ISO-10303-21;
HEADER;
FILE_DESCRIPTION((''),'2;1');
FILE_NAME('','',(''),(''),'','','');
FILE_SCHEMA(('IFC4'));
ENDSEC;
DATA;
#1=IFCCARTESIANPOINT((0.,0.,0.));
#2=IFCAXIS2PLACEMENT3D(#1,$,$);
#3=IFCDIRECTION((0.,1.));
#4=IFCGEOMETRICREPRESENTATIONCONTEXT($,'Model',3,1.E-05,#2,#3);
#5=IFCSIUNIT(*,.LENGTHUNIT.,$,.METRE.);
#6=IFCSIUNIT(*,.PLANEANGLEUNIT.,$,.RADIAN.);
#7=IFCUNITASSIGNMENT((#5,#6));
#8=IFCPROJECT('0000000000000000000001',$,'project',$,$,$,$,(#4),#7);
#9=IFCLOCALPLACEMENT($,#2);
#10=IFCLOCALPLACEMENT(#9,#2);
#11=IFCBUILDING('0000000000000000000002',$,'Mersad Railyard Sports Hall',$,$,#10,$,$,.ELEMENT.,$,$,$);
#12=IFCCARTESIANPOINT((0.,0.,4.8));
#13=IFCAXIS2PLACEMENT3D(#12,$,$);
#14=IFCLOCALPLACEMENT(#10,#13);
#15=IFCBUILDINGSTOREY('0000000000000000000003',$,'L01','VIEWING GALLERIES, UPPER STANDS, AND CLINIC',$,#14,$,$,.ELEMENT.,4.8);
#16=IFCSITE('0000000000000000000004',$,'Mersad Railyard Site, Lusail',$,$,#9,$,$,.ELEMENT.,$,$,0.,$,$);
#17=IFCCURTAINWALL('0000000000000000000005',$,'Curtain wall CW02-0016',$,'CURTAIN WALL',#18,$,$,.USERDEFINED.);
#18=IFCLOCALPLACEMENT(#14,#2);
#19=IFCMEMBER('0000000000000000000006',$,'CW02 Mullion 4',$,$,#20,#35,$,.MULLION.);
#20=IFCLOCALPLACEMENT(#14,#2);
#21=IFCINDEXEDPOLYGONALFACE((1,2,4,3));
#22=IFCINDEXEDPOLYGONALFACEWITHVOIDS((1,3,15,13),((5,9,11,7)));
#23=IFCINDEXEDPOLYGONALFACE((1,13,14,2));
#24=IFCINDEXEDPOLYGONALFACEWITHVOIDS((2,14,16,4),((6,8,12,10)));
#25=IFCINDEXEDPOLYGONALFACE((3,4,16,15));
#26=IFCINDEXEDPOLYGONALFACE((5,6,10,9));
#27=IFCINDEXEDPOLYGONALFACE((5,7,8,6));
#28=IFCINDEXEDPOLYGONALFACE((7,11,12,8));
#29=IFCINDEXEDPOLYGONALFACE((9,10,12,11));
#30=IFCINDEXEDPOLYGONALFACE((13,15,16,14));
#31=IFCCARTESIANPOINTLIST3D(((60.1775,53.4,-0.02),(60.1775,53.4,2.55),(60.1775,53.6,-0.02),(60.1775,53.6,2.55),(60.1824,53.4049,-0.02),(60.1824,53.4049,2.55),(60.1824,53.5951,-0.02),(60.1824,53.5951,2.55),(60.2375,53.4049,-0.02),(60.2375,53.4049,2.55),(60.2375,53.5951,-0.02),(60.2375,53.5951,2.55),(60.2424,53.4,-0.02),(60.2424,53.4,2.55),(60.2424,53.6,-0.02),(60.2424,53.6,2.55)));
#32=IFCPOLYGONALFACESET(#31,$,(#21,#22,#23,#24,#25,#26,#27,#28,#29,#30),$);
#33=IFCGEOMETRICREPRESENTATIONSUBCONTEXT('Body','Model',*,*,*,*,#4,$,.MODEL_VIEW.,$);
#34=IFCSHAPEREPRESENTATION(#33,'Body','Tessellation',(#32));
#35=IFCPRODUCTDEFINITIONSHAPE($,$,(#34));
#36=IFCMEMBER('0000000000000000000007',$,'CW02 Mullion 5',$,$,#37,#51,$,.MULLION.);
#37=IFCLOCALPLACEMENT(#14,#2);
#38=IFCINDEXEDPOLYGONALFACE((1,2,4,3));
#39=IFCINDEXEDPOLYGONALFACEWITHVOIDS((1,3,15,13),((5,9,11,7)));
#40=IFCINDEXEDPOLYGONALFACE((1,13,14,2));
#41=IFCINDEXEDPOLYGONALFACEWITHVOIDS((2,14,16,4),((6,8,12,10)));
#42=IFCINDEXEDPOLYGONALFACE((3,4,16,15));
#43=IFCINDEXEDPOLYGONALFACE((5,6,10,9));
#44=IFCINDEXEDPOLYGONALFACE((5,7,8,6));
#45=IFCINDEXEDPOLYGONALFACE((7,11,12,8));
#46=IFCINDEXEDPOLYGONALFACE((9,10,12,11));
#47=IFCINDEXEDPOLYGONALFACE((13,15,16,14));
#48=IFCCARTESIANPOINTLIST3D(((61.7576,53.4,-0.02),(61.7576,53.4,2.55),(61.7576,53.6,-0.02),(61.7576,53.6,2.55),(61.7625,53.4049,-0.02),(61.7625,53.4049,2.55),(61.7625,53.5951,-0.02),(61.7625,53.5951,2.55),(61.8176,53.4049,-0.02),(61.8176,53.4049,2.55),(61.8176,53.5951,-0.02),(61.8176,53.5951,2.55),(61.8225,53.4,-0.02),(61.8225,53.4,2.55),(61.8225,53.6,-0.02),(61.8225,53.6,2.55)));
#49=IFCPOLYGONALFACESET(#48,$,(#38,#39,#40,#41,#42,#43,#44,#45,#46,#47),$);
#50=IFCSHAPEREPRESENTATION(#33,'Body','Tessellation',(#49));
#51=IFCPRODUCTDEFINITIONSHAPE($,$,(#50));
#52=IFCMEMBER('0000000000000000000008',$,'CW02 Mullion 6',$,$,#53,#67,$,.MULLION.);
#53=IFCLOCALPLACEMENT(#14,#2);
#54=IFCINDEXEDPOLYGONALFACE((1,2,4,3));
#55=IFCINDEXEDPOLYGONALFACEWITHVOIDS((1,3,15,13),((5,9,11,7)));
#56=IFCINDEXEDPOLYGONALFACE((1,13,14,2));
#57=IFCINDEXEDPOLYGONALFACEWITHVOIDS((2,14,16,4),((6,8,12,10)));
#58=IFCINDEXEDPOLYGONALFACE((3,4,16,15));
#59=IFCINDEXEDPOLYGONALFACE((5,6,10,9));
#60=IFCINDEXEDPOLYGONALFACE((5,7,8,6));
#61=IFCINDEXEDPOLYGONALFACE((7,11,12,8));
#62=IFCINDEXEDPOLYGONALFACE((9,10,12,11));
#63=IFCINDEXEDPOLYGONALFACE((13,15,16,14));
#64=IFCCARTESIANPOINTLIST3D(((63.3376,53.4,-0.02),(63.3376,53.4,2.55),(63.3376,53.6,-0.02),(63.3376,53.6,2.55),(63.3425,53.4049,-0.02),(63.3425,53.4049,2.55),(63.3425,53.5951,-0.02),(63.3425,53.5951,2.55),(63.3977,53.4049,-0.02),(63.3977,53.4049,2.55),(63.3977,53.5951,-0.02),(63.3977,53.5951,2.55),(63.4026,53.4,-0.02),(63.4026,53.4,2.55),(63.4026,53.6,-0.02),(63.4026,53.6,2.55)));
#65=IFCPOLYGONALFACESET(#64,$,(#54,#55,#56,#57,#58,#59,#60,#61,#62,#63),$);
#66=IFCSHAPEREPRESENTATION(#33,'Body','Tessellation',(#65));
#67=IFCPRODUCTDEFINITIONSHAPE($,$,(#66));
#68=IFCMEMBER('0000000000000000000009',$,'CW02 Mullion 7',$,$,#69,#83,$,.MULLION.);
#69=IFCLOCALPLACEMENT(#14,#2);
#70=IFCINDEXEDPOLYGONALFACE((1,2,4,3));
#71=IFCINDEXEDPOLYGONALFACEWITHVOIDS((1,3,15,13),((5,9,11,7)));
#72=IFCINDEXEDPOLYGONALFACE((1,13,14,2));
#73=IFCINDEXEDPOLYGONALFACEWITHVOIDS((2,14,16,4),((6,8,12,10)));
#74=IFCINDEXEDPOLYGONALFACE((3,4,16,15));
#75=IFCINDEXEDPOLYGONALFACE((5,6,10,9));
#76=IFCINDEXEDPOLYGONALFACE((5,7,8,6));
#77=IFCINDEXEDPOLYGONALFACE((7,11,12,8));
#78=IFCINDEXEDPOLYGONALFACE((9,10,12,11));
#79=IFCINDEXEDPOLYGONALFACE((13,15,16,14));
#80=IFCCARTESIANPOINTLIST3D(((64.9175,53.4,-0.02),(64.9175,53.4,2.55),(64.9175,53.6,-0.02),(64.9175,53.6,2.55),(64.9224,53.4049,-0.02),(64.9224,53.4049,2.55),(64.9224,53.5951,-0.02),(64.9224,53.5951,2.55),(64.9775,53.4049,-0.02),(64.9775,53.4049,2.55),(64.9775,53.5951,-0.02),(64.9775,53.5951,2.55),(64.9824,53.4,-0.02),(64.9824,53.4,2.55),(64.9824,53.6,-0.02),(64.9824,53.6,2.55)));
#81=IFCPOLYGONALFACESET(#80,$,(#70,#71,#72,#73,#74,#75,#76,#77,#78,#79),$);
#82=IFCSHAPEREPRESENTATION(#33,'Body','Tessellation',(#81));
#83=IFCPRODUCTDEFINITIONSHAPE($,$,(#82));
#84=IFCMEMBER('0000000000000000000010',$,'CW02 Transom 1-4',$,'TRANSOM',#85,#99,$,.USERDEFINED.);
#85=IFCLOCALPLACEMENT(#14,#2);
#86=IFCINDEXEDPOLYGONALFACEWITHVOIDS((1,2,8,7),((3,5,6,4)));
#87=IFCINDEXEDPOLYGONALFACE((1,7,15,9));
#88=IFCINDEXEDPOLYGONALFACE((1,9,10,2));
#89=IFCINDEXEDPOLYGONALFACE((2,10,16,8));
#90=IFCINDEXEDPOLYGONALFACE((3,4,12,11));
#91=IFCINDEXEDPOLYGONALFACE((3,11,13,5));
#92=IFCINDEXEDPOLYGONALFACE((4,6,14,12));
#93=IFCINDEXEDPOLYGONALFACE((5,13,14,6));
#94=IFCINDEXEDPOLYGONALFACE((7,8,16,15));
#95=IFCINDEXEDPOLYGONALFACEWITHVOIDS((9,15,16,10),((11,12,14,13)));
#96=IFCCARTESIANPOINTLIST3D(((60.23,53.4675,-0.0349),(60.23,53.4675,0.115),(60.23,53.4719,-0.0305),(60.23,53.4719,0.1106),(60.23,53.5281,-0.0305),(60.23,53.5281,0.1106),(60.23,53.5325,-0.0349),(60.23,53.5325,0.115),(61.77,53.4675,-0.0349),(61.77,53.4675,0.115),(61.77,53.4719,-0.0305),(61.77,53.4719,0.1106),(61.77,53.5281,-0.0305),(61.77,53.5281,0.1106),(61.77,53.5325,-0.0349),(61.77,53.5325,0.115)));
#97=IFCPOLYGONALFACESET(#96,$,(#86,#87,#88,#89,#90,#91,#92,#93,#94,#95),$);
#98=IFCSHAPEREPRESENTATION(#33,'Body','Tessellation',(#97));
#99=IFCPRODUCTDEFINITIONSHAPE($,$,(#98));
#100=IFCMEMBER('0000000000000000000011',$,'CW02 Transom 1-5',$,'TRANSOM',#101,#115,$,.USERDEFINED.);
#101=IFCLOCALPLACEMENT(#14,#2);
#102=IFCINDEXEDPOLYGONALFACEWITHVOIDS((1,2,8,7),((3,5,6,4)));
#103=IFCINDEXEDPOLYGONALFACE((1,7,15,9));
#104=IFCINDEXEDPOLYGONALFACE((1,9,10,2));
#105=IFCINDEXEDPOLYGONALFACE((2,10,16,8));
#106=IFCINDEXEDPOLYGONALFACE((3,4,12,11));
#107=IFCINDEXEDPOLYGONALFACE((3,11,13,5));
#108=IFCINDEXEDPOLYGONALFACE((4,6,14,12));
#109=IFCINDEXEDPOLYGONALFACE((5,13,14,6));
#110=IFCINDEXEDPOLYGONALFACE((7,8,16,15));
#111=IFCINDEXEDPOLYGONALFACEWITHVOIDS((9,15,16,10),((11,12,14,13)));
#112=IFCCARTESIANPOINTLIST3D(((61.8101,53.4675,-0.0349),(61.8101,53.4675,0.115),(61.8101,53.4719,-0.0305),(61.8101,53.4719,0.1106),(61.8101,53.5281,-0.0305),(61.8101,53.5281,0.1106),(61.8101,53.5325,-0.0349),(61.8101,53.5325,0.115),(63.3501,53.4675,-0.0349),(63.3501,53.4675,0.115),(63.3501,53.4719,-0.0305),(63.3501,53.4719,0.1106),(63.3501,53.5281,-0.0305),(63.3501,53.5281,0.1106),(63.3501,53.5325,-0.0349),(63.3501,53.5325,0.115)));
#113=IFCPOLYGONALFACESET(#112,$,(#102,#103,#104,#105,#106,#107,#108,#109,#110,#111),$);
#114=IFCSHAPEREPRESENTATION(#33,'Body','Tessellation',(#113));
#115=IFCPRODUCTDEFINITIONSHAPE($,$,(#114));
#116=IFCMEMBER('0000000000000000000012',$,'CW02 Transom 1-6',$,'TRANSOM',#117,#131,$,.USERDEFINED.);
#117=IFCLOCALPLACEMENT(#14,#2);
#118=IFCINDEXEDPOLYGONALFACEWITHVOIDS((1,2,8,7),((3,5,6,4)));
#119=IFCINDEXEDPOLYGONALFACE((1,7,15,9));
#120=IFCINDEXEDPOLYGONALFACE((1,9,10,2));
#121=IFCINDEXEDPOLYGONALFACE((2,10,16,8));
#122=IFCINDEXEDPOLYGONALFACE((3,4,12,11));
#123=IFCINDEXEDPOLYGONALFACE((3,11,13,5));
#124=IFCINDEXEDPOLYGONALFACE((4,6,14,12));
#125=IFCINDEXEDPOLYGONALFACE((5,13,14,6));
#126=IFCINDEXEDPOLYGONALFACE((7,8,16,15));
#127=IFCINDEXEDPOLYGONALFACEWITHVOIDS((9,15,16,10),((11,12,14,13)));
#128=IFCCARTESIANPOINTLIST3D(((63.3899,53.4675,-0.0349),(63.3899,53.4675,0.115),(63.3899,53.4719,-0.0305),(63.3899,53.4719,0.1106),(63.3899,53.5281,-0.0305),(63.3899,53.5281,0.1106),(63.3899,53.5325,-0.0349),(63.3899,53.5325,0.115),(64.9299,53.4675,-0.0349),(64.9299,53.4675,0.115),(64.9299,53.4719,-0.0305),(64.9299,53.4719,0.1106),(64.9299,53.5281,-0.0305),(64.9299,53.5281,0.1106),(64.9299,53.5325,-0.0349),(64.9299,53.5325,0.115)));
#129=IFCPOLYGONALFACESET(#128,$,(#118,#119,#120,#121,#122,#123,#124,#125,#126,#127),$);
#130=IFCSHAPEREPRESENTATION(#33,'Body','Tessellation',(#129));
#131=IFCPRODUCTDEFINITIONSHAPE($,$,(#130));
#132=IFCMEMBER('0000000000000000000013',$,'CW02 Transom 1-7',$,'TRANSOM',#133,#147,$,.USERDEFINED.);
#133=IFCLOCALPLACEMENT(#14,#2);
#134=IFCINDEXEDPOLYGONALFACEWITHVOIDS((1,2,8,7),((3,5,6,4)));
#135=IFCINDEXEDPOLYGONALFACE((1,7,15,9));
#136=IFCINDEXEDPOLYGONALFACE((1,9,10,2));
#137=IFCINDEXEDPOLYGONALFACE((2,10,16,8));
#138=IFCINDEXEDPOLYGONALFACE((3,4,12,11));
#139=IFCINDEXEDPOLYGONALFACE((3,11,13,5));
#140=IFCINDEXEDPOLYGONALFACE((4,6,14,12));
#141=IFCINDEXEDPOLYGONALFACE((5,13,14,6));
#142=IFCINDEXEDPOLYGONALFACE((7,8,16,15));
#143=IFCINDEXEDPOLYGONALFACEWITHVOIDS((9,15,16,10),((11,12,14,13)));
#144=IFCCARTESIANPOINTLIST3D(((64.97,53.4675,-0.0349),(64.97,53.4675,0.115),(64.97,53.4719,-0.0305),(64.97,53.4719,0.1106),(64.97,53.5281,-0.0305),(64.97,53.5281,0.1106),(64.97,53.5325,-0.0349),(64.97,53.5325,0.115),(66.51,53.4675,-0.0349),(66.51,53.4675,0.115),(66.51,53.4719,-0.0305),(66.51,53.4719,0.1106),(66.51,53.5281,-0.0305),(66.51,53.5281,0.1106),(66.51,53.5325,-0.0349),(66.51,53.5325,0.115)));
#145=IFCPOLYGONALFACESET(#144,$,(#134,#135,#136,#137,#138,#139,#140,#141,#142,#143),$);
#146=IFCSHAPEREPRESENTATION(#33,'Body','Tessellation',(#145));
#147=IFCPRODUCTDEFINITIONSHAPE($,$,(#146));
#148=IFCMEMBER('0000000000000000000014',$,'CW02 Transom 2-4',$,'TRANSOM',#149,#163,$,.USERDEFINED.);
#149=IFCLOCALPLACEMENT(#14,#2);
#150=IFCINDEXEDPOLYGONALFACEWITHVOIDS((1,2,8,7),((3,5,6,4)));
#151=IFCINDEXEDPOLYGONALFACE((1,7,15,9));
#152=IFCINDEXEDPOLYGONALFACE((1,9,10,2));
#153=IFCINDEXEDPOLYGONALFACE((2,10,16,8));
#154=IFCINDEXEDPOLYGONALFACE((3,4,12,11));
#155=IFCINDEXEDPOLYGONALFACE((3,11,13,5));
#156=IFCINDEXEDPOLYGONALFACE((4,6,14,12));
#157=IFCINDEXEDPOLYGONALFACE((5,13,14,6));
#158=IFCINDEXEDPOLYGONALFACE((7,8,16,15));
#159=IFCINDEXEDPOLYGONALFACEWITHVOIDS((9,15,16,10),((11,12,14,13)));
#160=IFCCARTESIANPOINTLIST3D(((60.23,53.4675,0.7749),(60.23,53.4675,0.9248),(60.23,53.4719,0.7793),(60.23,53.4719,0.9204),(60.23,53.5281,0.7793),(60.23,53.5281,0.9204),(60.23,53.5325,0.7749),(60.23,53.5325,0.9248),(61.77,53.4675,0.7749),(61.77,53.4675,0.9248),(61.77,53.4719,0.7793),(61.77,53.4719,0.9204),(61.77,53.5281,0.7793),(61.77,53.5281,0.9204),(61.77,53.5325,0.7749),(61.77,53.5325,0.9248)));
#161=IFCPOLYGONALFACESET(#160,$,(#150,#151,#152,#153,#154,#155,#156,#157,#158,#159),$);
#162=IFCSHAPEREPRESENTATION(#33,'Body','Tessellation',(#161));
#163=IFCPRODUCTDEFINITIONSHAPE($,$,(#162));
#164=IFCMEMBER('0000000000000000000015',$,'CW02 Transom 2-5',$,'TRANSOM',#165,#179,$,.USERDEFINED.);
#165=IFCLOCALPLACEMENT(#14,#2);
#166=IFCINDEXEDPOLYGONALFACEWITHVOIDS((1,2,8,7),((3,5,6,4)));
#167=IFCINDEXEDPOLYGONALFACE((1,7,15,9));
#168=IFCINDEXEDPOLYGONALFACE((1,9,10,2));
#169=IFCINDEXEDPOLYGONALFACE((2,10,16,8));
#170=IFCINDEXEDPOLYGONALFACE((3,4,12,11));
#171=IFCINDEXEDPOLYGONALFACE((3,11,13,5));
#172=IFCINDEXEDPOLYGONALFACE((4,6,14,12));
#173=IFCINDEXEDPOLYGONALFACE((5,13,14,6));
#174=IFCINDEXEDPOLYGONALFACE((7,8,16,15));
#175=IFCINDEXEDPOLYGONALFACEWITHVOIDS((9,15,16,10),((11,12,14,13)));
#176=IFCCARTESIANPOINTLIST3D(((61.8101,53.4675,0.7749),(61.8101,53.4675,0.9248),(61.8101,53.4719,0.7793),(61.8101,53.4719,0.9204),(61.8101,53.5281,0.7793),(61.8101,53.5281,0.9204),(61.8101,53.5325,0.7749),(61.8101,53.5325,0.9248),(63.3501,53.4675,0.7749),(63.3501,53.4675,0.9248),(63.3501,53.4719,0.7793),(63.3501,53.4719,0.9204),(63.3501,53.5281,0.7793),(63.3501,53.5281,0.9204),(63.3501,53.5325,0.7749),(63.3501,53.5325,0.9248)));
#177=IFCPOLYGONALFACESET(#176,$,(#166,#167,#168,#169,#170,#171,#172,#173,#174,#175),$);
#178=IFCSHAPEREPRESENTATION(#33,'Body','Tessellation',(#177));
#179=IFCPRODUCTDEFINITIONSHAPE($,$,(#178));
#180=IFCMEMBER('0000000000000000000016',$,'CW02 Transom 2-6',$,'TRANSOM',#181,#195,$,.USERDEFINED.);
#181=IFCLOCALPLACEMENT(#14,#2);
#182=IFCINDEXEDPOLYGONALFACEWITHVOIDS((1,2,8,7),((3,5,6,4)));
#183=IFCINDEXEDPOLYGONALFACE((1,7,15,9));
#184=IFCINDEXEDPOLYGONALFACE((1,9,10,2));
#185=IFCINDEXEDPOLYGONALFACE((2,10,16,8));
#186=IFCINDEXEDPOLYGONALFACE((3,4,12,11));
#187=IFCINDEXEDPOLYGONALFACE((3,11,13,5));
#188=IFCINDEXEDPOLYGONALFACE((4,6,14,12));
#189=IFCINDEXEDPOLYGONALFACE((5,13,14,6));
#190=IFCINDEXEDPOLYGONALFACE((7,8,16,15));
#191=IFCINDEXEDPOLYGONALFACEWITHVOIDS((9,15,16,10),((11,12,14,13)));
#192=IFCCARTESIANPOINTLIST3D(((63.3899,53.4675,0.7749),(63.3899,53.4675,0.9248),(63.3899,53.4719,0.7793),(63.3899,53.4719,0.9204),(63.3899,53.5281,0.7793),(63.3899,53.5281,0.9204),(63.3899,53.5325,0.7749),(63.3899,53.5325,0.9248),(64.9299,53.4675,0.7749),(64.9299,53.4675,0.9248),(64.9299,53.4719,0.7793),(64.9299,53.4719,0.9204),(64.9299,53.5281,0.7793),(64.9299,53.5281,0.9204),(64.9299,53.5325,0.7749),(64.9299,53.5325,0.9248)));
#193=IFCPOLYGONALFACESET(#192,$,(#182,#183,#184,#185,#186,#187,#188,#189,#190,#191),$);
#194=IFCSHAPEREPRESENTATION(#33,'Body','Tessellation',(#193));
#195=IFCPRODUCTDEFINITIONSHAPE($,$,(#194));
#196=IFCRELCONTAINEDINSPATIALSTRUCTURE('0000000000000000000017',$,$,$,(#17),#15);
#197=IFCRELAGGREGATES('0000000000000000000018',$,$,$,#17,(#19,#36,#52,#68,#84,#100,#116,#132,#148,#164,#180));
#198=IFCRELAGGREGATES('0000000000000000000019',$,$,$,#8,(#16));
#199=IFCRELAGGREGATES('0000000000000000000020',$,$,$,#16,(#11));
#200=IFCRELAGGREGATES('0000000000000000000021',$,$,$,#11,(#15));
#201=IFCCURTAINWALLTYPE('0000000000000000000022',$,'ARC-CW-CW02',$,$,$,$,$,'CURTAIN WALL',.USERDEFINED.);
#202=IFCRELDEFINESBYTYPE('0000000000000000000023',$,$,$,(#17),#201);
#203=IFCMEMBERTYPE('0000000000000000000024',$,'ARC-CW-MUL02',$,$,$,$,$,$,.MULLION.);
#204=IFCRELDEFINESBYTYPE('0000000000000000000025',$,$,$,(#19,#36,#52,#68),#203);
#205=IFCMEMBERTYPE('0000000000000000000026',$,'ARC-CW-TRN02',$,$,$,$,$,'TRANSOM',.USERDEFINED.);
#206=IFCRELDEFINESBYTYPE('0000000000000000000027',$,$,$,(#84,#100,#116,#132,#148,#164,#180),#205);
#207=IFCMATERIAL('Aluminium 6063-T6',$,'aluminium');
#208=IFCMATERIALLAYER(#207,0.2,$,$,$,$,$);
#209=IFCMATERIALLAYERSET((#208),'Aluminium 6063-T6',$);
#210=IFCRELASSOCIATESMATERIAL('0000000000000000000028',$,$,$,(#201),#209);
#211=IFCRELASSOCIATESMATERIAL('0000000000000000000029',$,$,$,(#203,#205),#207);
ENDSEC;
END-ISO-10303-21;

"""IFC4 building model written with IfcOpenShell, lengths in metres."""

from ifc_helpers import new_model, si_unit, direction, frame, origin, origin_2d, place, context, subcontext, project, spatial, hollow_rectangle, extrude, material, layer, layer_set, material_profile, profile_set, type_object, element, aggregate, save


model = new_model("IFC4")

# Units and contexts
model_context = context("Model", 3, precision=1e-05, world=origin(), true_north=direction((0.0, 1.0)))
body_context = subcontext(model_context, "Body", "Model", "MODEL_VIEW")
ifc_project = project(units=[si_unit("LENGTHUNIT", "METRE"), si_unit("PLANEANGLEUNIT", "RADIAN")], contexts=[model_context])

# Site, building, storey
site_placement = place(None, origin())
site = spatial("IfcSite", under=ifc_project, at=site_placement, Name="Mersad Railyard Site, Lusail", CompositionType="ELEMENT", RefElevation=0.0)
building_placement = place(site_placement, origin())
building = spatial("IfcBuilding", under=site, at=building_placement, Name="Mersad Railyard Sports Hall", CompositionType="ELEMENT")
storey_placement = place(building_placement, frame((0.0, 0.0, 4.8)))
storey = spatial("IfcBuildingStorey", under=building, at=storey_placement, Name="L01", Description="VIEWING GALLERIES, UPPER STANDS, AND CLINIC", CompositionType="ELEMENT", Elevation=4.8)

# Curtain wall, members
ifc_material_1 = material(Name="Aluminium 6063-T6", Category="aluminium")
ifc_layer_1 = layer(ifc_material_1, 0.2)
ifc_layer_set_1 = layer_set([ifc_layer_1], Name="Aluminium 6063-T6")
curtain_wall_type = type_object("IfcCurtainWallType", Name="ARC-CW-CW02", ElementType="CURTAIN WALL", PredefinedType="USERDEFINED", material=ifc_layer_set_1)
curtain_wall_placement = place(storey_placement, origin())
curtain_wall = element("IfcCurtainWall", 1, at=curtain_wall_placement, inside=storey, type_object=curtain_wall_type, Name="Curtain wall CW02-0016", ObjectType="CURTAIN WALL", PredefinedType="USERDEFINED")
ifc_material_profile_1 = material_profile(ifc_material_1, hollow_rectangle(XDim=0.0649, YDim=0.2, WallThickness=0.0049, at=origin_2d()), Name="AL MULLION 65x200x5")
ifc_profile_set_1 = profile_set([ifc_material_profile_1], Name="Aluminium 6063-T6")
member_type_1 = type_object("IfcMemberType", Name="ARC-CW-MUL02", PredefinedType="MULLION", material=ifc_profile_set_1)
member_1_placement = place(storey_placement, frame((60.21, 53.5, -0.02), z_axis=(0.0, 0.0, 1.0), x_axis=(1.0, 0.0, 0.0)))
member_1 = element("IfcMember", 2, at=member_1_placement, type_object=member_type_1, Name="CW02 Mullion 4", PredefinedType="MULLION", context=body_context, shape_type="SweptSolid", body=[
    extrude(hollow_rectangle(XDim=0.0649, YDim=0.2, WallThickness=0.0049, at=origin_2d()), origin(), (0.0, 0.0, 1.0), 2.5701),
])
member_2_placement = place(storey_placement, frame((61.79, 53.5, -0.02), z_axis=(0.0, 0.0, 1.0), x_axis=(1.0, 0.0, 0.0)))
member_2 = element("IfcMember", 3, at=member_2_placement, type_object=member_type_1, Name="CW02 Mullion 5", PredefinedType="MULLION", context=body_context, shape_type="SweptSolid", body=[
    extrude(hollow_rectangle(XDim=0.0649, YDim=0.2, WallThickness=0.0049, at=origin_2d()), origin(), (0.0, 0.0, 1.0), 2.5701),
])
member_3_placement = place(storey_placement, frame((63.3701, 53.5, -0.02), z_axis=(0.0, 0.0, 1.0), x_axis=(1.0, 0.0, 0.0)))
member_3 = element("IfcMember", 4, at=member_3_placement, type_object=member_type_1, Name="CW02 Mullion 6", PredefinedType="MULLION", context=body_context, shape_type="SweptSolid", body=[
    extrude(hollow_rectangle(XDim=0.0649, YDim=0.2, WallThickness=0.0049, at=origin_2d()), origin(), (0.0, 0.0, 1.0), 2.5701),
])
member_4_placement = place(storey_placement, frame((64.95, 53.5, -0.02), z_axis=(0.0, 0.0, 1.0), x_axis=(1.0, 0.0, 0.0)))
member_4 = element("IfcMember", 5, at=member_4_placement, type_object=member_type_1, Name="CW02 Mullion 7", PredefinedType="MULLION", context=body_context, shape_type="SweptSolid", body=[
    extrude(hollow_rectangle(XDim=0.0649, YDim=0.2, WallThickness=0.0049, at=origin_2d()), origin(), (0.0, 0.0, 1.0), 2.5701),
])
ifc_material_profile_2 = material_profile(ifc_material_1, hollow_rectangle(XDim=0.0649, YDim=0.1499, WallThickness=0.0044, at=origin_2d()), Name="AL TRANSOM 65x150x4.5")
ifc_profile_set_2 = profile_set([ifc_material_profile_2], Name="Aluminium 6063-T6")
member_type_2 = type_object("IfcMemberType", Name="ARC-CW-TRN02", ElementType="TRANSOM", PredefinedType="USERDEFINED", material=ifc_profile_set_2)
member_5_placement = place(storey_placement, frame((60.23, 53.5, 0.04), z_axis=(1.0, 0.0, 0.0), x_axis=(0.0, 1.0, 0.0)))
member_5 = element("IfcMember", 6, at=member_5_placement, type_object=member_type_2, Name="CW02 Transom 1-4", ObjectType="TRANSOM", PredefinedType="USERDEFINED", context=body_context, shape_type="SweptSolid", body=[
    extrude(hollow_rectangle(XDim=0.0649, YDim=0.1499, WallThickness=0.0044, at=origin_2d()), origin(), (0.0, 0.0, 1.0), 1.54),
])
member_6_placement = place(storey_placement, frame((61.8101, 53.5, 0.04), z_axis=(1.0, 0.0, 0.0), x_axis=(0.0, 1.0, 0.0)))
member_6 = element("IfcMember", 7, at=member_6_placement, type_object=member_type_2, Name="CW02 Transom 1-5", ObjectType="TRANSOM", PredefinedType="USERDEFINED", context=body_context, shape_type="SweptSolid", body=[
    extrude(hollow_rectangle(XDim=0.0649, YDim=0.1499, WallThickness=0.0044, at=origin_2d()), origin(), (0.0, 0.0, 1.0), 1.54),
])
member_7_placement = place(storey_placement, frame((63.3899, 53.5, 0.04), z_axis=(1.0, 0.0, 0.0), x_axis=(0.0, 1.0, 0.0)))
member_7 = element("IfcMember", 8, at=member_7_placement, type_object=member_type_2, Name="CW02 Transom 1-6", ObjectType="TRANSOM", PredefinedType="USERDEFINED", context=body_context, shape_type="SweptSolid", body=[
    extrude(hollow_rectangle(XDim=0.0649, YDim=0.1499, WallThickness=0.0044, at=origin_2d()), origin(), (0.0, 0.0, 1.0), 1.54),
])
member_8_placement = place(storey_placement, frame((64.97, 53.5, 0.04), z_axis=(1.0, 0.0, 0.0), x_axis=(0.0, 1.0, 0.0)))
member_8 = element("IfcMember", 9, at=member_8_placement, type_object=member_type_2, Name="CW02 Transom 1-7", ObjectType="TRANSOM", PredefinedType="USERDEFINED", context=body_context, shape_type="SweptSolid", body=[
    extrude(hollow_rectangle(XDim=0.0649, YDim=0.1499, WallThickness=0.0044, at=origin_2d()), origin(), (0.0, 0.0, 1.0), 1.54),
])
member_9_placement = place(storey_placement, frame((60.23, 53.5, 0.8499), z_axis=(1.0, 0.0, 0.0), x_axis=(0.0, 1.0, 0.0)))
member_9 = element("IfcMember", 10, at=member_9_placement, type_object=member_type_2, Name="CW02 Transom 2-4", ObjectType="TRANSOM", PredefinedType="USERDEFINED", context=body_context, shape_type="SweptSolid", body=[
    extrude(hollow_rectangle(XDim=0.0649, YDim=0.1499, WallThickness=0.0044, at=origin_2d()), origin(), (0.0, 0.0, 1.0), 1.54),
])
member_10_placement = place(storey_placement, frame((61.8101, 53.5, 0.8499), z_axis=(1.0, 0.0, 0.0), x_axis=(0.0, 1.0, 0.0)))
member_10 = element("IfcMember", 11, at=member_10_placement, type_object=member_type_2, Name="CW02 Transom 2-5", ObjectType="TRANSOM", PredefinedType="USERDEFINED", context=body_context, shape_type="SweptSolid", body=[
    extrude(hollow_rectangle(XDim=0.0649, YDim=0.1499, WallThickness=0.0044, at=origin_2d()), origin(), (0.0, 0.0, 1.0), 1.54),
])
member_11_placement = place(storey_placement, frame((63.3899, 53.5, 0.8499), z_axis=(1.0, 0.0, 0.0), x_axis=(0.0, 1.0, 0.0)))
member_11 = element("IfcMember", 12, at=member_11_placement, type_object=member_type_2, Name="CW02 Transom 2-6", ObjectType="TRANSOM", PredefinedType="USERDEFINED", context=body_context, shape_type="SweptSolid", body=[
    extrude(hollow_rectangle(XDim=0.0649, YDim=0.1499, WallThickness=0.0044, at=origin_2d()), origin(), (0.0, 0.0, 1.0), 1.54),
])

aggregate(curtain_wall, [member_1, member_2, member_3, member_4, member_5, member_6, member_7, member_8, member_9, member_10, member_11])

save(model, "model.ifc")
